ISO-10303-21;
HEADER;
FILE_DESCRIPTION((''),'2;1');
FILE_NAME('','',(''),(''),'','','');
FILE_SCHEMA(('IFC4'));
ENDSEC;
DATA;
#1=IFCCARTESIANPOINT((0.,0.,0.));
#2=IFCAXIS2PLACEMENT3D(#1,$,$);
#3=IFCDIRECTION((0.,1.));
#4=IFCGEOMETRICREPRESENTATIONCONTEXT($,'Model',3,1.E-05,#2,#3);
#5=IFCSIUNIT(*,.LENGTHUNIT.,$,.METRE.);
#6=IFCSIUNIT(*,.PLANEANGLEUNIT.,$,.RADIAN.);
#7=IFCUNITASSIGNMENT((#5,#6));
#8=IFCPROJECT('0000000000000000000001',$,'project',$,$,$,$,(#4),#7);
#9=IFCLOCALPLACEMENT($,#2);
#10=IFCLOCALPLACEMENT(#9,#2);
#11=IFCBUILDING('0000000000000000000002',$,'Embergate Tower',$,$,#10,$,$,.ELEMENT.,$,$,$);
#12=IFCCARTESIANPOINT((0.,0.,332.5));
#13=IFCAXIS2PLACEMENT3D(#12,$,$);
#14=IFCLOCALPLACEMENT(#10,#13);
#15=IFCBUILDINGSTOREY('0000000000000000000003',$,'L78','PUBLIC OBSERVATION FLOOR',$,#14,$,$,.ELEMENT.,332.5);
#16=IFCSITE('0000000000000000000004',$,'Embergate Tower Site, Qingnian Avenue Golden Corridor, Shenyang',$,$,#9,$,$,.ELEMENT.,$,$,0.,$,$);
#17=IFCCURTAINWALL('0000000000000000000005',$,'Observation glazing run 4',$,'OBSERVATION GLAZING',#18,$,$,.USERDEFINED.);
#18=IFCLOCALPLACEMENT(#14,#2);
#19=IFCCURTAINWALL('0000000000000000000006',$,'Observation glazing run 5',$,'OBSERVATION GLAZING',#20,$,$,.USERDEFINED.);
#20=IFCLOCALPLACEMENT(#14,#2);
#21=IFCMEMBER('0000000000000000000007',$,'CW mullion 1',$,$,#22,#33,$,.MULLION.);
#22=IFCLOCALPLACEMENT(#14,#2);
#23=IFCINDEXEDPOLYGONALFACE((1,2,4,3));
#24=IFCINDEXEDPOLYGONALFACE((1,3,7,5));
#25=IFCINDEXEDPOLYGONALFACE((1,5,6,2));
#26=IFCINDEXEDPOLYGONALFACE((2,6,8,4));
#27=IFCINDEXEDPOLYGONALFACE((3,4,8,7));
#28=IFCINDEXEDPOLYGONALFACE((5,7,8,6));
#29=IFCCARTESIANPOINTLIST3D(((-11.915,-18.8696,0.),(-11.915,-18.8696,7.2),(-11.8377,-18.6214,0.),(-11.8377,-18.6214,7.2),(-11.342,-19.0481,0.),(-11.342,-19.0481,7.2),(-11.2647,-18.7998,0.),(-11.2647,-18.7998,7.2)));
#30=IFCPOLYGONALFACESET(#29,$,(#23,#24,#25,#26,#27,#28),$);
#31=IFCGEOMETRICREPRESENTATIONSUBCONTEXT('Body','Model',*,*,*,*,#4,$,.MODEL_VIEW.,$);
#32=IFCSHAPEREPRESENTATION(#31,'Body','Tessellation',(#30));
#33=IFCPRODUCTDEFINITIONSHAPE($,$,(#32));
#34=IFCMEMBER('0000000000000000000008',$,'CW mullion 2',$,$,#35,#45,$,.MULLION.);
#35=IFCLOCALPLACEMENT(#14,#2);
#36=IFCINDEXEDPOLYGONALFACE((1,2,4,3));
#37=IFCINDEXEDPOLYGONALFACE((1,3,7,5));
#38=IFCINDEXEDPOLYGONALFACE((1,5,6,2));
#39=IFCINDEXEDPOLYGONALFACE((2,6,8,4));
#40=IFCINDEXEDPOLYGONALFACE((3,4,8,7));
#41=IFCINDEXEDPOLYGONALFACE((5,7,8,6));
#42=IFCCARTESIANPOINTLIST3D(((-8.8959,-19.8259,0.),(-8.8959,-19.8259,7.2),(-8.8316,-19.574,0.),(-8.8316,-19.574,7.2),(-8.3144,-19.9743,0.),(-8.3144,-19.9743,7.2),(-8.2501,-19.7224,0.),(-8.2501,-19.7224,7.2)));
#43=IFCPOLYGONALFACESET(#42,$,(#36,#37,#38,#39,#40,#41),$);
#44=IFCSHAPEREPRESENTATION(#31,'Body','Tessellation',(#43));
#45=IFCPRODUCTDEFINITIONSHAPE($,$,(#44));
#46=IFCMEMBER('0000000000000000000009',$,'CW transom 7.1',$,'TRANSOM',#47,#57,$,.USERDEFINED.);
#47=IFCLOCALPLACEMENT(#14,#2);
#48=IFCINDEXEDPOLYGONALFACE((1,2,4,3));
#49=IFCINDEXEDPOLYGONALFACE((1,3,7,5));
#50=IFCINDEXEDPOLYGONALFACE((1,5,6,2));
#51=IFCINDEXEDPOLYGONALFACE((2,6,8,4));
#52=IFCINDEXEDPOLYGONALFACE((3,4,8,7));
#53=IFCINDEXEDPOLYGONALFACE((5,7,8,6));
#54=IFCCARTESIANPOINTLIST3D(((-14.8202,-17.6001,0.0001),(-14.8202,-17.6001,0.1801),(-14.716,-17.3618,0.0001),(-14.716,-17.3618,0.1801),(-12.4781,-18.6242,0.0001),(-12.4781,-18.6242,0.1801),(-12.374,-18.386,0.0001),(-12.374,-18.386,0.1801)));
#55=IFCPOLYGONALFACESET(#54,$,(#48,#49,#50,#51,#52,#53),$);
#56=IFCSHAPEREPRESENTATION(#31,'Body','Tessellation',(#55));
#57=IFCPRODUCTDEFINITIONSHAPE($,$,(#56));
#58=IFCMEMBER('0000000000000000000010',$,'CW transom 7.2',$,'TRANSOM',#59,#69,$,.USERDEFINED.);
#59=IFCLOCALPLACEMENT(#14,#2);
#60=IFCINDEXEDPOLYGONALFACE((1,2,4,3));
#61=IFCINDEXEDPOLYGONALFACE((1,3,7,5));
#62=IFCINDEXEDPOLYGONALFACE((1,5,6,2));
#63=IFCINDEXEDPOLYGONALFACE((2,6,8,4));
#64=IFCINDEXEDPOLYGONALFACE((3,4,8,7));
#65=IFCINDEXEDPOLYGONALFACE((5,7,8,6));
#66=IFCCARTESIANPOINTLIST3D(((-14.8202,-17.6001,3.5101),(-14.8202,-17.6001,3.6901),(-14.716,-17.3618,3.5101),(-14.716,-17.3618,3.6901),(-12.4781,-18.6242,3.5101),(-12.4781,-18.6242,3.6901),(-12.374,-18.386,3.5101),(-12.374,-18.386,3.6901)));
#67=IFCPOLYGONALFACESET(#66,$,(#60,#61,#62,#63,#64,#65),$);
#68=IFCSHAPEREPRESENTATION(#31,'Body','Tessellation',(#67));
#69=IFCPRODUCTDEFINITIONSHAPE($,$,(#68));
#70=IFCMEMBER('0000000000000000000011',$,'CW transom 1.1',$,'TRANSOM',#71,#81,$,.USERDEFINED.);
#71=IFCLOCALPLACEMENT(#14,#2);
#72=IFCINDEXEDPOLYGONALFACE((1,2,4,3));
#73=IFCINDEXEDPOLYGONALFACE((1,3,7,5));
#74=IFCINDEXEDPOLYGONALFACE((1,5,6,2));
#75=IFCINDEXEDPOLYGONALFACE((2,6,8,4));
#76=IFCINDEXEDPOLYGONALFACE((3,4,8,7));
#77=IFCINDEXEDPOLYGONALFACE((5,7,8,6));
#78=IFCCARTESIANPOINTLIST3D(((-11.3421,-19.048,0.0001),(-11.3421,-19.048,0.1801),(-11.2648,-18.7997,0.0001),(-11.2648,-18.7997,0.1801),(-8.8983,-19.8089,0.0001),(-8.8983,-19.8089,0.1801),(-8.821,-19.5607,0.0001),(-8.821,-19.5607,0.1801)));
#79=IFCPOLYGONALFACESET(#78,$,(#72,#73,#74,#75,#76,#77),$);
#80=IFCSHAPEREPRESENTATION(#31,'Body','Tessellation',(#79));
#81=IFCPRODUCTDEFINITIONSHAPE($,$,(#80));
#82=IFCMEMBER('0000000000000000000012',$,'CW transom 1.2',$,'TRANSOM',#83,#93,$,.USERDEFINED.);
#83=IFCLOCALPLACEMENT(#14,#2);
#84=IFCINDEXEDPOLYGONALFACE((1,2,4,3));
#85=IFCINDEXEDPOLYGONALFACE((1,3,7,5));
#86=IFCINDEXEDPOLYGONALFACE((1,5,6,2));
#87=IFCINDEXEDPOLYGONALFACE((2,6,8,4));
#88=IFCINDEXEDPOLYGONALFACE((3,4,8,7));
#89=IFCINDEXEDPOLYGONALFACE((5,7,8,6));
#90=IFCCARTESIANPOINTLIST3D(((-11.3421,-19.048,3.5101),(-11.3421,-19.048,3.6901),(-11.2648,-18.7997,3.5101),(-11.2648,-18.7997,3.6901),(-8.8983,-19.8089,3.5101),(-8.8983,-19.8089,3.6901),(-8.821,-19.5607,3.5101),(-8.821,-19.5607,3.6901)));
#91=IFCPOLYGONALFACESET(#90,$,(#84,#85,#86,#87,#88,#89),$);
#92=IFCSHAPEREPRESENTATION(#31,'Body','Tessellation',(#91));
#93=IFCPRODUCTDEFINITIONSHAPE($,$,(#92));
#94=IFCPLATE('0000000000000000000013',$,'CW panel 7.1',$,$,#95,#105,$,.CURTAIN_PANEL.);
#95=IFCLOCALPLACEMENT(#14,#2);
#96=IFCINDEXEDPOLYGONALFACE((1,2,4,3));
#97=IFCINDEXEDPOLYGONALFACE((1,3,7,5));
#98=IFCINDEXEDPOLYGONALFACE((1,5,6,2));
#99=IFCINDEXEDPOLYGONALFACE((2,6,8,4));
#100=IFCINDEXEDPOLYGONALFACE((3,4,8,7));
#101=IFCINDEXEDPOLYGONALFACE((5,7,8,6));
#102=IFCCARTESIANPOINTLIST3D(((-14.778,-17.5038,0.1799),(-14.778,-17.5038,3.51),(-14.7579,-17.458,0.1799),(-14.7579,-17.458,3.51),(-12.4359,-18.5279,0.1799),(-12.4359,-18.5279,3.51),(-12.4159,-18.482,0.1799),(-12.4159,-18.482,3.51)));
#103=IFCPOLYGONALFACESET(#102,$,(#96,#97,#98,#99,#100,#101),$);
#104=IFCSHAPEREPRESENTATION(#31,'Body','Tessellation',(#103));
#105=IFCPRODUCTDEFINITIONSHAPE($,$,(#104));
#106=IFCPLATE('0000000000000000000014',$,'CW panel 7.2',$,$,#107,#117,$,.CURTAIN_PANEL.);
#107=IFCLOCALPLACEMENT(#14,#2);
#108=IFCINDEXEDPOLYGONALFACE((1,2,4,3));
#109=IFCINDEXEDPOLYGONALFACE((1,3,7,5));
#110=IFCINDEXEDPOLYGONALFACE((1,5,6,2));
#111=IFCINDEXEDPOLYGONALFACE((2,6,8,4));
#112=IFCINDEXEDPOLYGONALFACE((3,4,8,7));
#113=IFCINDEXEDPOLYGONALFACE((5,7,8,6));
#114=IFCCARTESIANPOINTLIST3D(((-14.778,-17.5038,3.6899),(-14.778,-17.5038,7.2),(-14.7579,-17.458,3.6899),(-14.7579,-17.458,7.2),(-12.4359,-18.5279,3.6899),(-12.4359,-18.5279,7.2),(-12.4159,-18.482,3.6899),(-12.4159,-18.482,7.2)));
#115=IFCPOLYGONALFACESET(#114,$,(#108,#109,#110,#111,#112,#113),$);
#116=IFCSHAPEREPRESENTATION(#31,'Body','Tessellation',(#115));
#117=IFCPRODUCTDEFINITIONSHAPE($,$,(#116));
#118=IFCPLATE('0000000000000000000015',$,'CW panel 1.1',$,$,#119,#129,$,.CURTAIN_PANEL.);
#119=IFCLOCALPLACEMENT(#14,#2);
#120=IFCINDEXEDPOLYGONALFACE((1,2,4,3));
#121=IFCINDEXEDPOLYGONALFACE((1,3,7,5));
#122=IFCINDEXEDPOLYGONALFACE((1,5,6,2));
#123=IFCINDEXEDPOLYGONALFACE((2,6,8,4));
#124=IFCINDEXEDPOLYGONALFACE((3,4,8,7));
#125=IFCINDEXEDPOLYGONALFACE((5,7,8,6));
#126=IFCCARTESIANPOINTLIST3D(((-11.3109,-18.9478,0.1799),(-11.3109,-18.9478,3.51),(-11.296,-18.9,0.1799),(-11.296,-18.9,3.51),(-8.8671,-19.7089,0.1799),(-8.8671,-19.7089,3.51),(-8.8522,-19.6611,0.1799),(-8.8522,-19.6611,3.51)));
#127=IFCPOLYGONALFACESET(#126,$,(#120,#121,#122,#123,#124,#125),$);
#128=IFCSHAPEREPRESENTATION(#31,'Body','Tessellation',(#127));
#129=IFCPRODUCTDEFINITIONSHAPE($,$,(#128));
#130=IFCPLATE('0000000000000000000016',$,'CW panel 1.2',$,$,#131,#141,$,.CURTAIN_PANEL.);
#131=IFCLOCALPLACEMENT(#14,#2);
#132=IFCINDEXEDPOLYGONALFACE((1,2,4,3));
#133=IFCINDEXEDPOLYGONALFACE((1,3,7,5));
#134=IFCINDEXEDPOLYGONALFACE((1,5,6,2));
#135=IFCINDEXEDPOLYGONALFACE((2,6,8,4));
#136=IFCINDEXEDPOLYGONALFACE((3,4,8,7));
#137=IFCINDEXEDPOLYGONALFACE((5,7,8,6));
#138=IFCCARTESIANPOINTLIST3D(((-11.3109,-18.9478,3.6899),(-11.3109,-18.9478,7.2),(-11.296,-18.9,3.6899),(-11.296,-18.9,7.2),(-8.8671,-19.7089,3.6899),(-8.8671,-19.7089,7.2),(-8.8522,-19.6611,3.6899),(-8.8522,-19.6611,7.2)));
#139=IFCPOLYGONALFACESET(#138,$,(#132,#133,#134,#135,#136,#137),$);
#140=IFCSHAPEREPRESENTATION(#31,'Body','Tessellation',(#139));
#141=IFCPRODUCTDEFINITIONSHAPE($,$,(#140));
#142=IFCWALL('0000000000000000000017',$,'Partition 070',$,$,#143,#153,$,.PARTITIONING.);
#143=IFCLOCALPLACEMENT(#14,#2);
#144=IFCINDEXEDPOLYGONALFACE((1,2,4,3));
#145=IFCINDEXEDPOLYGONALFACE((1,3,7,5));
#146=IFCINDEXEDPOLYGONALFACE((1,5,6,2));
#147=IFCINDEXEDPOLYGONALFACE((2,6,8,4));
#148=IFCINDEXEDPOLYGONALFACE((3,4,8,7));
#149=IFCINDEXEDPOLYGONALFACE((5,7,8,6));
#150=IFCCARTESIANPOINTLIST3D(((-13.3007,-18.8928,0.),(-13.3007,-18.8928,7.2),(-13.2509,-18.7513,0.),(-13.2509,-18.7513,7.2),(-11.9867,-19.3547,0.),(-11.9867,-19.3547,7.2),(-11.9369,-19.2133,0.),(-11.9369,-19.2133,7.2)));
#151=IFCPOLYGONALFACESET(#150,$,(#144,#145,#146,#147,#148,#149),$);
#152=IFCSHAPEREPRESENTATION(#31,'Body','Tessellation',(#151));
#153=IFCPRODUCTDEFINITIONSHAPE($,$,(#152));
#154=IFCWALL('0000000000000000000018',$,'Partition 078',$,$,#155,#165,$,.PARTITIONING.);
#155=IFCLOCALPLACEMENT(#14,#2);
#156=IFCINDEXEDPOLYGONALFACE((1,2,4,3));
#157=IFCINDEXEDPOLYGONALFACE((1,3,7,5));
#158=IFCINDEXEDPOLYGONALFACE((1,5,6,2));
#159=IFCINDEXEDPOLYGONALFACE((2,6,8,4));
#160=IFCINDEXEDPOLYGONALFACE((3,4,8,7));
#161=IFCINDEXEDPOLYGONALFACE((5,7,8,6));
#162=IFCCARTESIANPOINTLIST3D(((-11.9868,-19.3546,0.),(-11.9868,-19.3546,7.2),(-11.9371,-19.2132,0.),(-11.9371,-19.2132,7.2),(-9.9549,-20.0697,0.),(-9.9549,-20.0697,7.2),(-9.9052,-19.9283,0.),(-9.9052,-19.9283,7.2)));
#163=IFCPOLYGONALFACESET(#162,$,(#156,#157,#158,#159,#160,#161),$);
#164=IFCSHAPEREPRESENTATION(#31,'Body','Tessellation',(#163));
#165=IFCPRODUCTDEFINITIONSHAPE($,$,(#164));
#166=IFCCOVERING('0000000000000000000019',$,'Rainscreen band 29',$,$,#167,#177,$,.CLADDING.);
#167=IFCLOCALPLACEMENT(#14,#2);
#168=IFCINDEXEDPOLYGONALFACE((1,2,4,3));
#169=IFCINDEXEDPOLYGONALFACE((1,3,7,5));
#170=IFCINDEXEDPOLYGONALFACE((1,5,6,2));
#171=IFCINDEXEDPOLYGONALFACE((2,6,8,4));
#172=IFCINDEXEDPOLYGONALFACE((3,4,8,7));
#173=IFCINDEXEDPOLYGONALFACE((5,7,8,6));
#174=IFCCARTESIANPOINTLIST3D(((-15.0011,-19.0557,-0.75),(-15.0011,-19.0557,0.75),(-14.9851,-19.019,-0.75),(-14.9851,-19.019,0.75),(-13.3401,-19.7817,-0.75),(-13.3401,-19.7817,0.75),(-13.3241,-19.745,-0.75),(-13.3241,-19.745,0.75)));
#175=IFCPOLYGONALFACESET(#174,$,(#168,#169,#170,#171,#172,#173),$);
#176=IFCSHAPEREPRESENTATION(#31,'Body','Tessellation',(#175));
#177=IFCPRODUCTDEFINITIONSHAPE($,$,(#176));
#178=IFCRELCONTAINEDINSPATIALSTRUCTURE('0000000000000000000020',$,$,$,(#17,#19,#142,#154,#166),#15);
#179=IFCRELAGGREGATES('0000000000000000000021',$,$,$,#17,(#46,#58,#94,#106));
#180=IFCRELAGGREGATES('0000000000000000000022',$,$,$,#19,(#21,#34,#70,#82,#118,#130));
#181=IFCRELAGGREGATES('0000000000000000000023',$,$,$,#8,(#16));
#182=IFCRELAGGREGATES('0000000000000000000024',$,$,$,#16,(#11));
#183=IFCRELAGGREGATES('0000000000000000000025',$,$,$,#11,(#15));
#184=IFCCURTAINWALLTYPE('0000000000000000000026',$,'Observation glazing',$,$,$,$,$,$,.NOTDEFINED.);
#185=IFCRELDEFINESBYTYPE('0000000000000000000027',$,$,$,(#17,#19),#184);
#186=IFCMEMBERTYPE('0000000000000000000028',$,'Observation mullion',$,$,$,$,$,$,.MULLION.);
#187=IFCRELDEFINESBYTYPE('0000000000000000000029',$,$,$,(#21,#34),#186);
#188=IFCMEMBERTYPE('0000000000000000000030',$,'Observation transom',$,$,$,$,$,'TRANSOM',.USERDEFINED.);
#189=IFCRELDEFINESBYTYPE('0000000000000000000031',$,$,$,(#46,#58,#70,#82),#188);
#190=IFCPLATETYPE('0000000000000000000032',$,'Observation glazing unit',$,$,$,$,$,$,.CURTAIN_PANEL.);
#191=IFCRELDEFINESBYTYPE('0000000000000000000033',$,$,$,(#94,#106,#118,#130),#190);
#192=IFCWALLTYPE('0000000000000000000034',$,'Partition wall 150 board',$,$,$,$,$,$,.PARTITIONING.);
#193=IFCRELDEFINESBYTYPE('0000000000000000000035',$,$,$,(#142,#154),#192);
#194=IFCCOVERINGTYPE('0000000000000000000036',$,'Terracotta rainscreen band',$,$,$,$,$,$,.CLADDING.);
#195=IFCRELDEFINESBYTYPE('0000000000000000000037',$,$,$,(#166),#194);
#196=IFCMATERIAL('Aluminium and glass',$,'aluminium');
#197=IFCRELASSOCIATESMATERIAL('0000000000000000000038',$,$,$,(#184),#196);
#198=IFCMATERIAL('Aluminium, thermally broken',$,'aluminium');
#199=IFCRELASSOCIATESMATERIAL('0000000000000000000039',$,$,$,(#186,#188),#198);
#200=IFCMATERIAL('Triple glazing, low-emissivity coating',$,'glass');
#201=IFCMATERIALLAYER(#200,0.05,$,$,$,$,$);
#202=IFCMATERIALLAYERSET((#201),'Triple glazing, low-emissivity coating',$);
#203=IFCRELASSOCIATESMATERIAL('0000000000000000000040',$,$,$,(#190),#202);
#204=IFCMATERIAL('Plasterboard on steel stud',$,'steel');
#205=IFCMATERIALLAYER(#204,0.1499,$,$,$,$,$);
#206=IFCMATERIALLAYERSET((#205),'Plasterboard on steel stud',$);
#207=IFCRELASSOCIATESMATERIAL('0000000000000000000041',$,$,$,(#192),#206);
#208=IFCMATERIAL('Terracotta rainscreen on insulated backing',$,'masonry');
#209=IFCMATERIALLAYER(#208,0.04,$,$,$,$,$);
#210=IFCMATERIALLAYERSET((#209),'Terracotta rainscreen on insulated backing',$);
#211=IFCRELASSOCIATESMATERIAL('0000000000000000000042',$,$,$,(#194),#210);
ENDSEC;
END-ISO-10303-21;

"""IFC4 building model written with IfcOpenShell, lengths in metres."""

from ifc_helpers import new_model, si_unit, direction, frame, frame_2d, origin, origin_2d, place, context, subcontext, project, spatial, rectangle, extrude, source, transform, mapped, material, layer, layer_set, material_profile, profile_set, type_object, element, aggregate, save


model = new_model("IFC4")

# Units and contexts
model_context = context("Model", 3, precision=1e-05, world=origin(), true_north=direction((0.0, 1.0)))
body_context = subcontext(model_context, "Body", "Model", "MODEL_VIEW")
ifc_project = project(units=[si_unit("LENGTHUNIT", "METRE"), si_unit("PLANEANGLEUNIT", "RADIAN")], contexts=[model_context])

# Site, building, storey
site_placement = place(None, origin())
site = spatial("IfcSite", under=ifc_project, at=site_placement, Name="Embergate Tower Site, Qingnian Avenue Golden Corridor, Shenyang", CompositionType="ELEMENT", RefElevation=0.0)
building_placement = place(site_placement, origin())
building = spatial("IfcBuilding", under=site, at=building_placement, Name="Embergate Tower", CompositionType="ELEMENT")
storey_placement = place(building_placement, frame((0.0, 0.0, 332.5)))
storey = spatial("IfcBuildingStorey", under=building, at=storey_placement, Name="L78", Description="PUBLIC OBSERVATION FLOOR", CompositionType="ELEMENT", Elevation=332.5)

# Curtain walls, members
ifc_material_1 = material(Name="Aluminium and glass", Category="aluminium")
curtain_wall_type = type_object("IfcCurtainWallType", Name="Observation glazing", PredefinedType="NOTDEFINED", material=ifc_material_1)
curtain_wall_1_placement = place(storey_placement, origin())
curtain_wall_1 = element("IfcCurtainWall", 1, at=curtain_wall_1_placement, inside=storey, type_object=curtain_wall_type, Name="Observation glazing run 4", ObjectType="OBSERVATION GLAZING", PredefinedType="USERDEFINED")
ifc_material_2 = material(Name="Aluminium, thermally broken", Category="aluminium")
ifc_material_profile_1 = material_profile(ifc_material_2, rectangle(XDim=0.26, YDim=0.6001, at=origin_2d()), Name="AL 600x260")
ifc_profile_set_1 = profile_set([ifc_material_profile_1], Name="Aluminium, thermally broken")
member_type_1 = type_object("IfcMemberType", Name="Observation mullion", PredefinedType="MULLION", material=ifc_profile_set_1)
shared_shape_1 = source(origin(), body_context, "Body", "SweptSolid", [
    extrude(rectangle(XDim=0.26, YDim=0.6001, at=origin_2d()), origin(), (0.0, 0.0, 1.0), 7.2),
])
curtain_wall_2_placement = place(storey_placement, origin())
curtain_wall_2 = element("IfcCurtainWall", 2, at=curtain_wall_2_placement, inside=storey, type_object=curtain_wall_type, Name="Observation glazing run 5", ObjectType="OBSERVATION GLAZING", PredefinedType="USERDEFINED")
member_1_placement = place(storey_placement, frame((-11.5898, -18.8347, 0.0), z_axis=(0.0, 0.0, 1.0), x_axis=(0.297335, 0.954773, 0.0)))
member_1 = element("IfcMember", 3, at=member_1_placement, type_object=member_type_1, Name="CW mullion 1", PredefinedType="MULLION", context=body_context, shape_type="MappedRepresentation", body=[
    mapped(shared_shape_1, transform((0.0, 0.0, 0.0))),
])
member_2_placement = place(storey_placement, frame((-8.573, -19.7742, 0.0), z_axis=(0.0, 0.0, 1.0), x_axis=(0.247303, 0.968938, 0.0)))
member_2 = element("IfcMember", 4, at=member_2_placement, type_object=member_type_1, Name="CW mullion 2", PredefinedType="MULLION", context=body_context, shape_type="MappedRepresentation", body=[
    mapped(shared_shape_1, transform((0.0, 0.0, 0.0))),
])

# Members
ifc_material_profile_2 = material_profile(ifc_material_2, rectangle(XDim=0.26, YDim=0.1799, at=origin_2d()), Name="AL 180x260")
ifc_profile_set_2 = profile_set([ifc_material_profile_2], Name="Aluminium, thermally broken")
member_type_2 = type_object("IfcMemberType", Name="Observation transom", ElementType="TRANSOM", PredefinedType="USERDEFINED", material=ifc_profile_set_2)
shared_shape_2 = source(origin(), body_context, "Body", "SweptSolid", [
    extrude(rectangle(XDim=0.26, YDim=0.1799, at=origin_2d()), origin(), (0.0, 0.0, 1.0), 2.5562),
])
member_3_placement = place(storey_placement, frame((-14.7681, -17.481, 0.0901), z_axis=(0.916225, -0.400664, 0.0), x_axis=(0.400664, 0.916225, 0.0)))
member_3 = element("IfcMember", 5, at=member_3_placement, type_object=member_type_2, Name="CW transom 7.1", ObjectType="TRANSOM", PredefinedType="USERDEFINED", context=body_context, shape_type="MappedRepresentation", body=[
    mapped(shared_shape_2, transform((0.0, 0.0, 0.0))),
])
member_4_placement = place(storey_placement, frame((-14.7681, -17.481, 3.6001), z_axis=(0.916225, -0.400664, 0.0), x_axis=(0.400664, 0.916225, 0.0)))
member_4 = element("IfcMember", 6, at=member_4_placement, type_object=member_type_2, Name="CW transom 7.2", ObjectType="TRANSOM", PredefinedType="USERDEFINED", context=body_context, shape_type="MappedRepresentation", body=[
    mapped(shared_shape_2, transform((0.0, 0.0, 0.0))),
])
shared_shape_3 = source(origin(), body_context, "Body", "SweptSolid", [
    extrude(rectangle(XDim=0.26, YDim=0.1799, at=origin_2d()), origin(), (0.0, 0.0, 1.0), 2.5596),
])
member_5_placement = place(storey_placement, frame((-11.3035, -18.9238, 0.0901), z_axis=(0.954782, -0.297308, 0.0), x_axis=(0.297308, 0.954782, 0.0)))
member_5 = element("IfcMember", 7, at=member_5_placement, type_object=member_type_2, Name="CW transom 1.1", ObjectType="TRANSOM", PredefinedType="USERDEFINED", context=body_context, shape_type="MappedRepresentation", body=[
    mapped(shared_shape_3, transform((0.0, 0.0, 0.0))),
])
member_6_placement = place(storey_placement, frame((-11.3035, -18.9238, 3.6001), z_axis=(0.954782, -0.297308, 0.0), x_axis=(0.297308, 0.954782, 0.0)))
member_6 = element("IfcMember", 8, at=member_6_placement, type_object=member_type_2, Name="CW transom 1.2", ObjectType="TRANSOM", PredefinedType="USERDEFINED", context=body_context, shape_type="MappedRepresentation", body=[
    mapped(shared_shape_3, transform((0.0, 0.0, 0.0))),
])

# Plates
ifc_material_3 = material(Name="Triple glazing, low-emissivity coating", Category="glass")
ifc_layer_1 = layer(ifc_material_3, 0.05)
ifc_layer_set_1 = layer_set([ifc_layer_1], Name="Triple glazing, low-emissivity coating")
plate_type = type_object("IfcPlateType", Name="Observation glazing unit", PredefinedType="CURTAIN_PANEL", material=ifc_layer_set_1)
shared_shape_4 = source(origin(), body_context, "Body", "SweptSolid", [
    extrude(rectangle(XDim=2.5562, YDim=0.05, at=origin_2d()), origin(), (0.0, 0.0, 1.0), 3.3301),
])
plate_1_placement = place(storey_placement, frame((-13.5969, -17.9929, 0.1799), z_axis=(0.0, 0.0, 1.0), x_axis=(0.916238, -0.400634, 0.0)))
plate_1 = element("IfcPlate", 9, at=plate_1_placement, type_object=plate_type, Name="CW panel 7.1", PredefinedType="CURTAIN_PANEL", context=body_context, shape_type="MappedRepresentation", body=[
    mapped(shared_shape_4, transform((0.0, 0.0, 0.0))),
])
shared_shape_5 = source(origin(), body_context, "Body", "SweptSolid", [
    extrude(rectangle(XDim=2.5562, YDim=0.05, at=origin_2d()), origin(), (0.0, 0.0, 1.0), 3.51),
])
plate_2_placement = place(storey_placement, frame((-13.5969, -17.9929, 3.6899), z_axis=(0.0, 0.0, 1.0), x_axis=(0.916238, -0.400634, 0.0)))
plate_2 = element("IfcPlate", 10, at=plate_2_placement, type_object=plate_type, Name="CW panel 7.2", PredefinedType="CURTAIN_PANEL", context=body_context, shape_type="MappedRepresentation", body=[
    mapped(shared_shape_5, transform((0.0, 0.0, 0.0))),
])
aggregate(curtain_wall_1, [member_3, member_4, plate_1, plate_2])
shared_shape_6 = source(origin(), body_context, "Body", "SweptSolid", [
    extrude(rectangle(XDim=2.5596, YDim=0.05, at=origin_2d()), origin(), (0.0, 0.0, 1.0), 3.3301),
])
plate_3_placement = place(storey_placement, frame((-10.0815, -19.3044, 0.1799), z_axis=(0.0, 0.0, 1.0), x_axis=(0.954773, -0.297335, 0.0)))
plate_3 = element("IfcPlate", 11, at=plate_3_placement, type_object=plate_type, Name="CW panel 1.1", PredefinedType="CURTAIN_PANEL", context=body_context, shape_type="MappedRepresentation", body=[
    mapped(shared_shape_6, transform((0.0, 0.0, 0.0))),
])
shared_shape_7 = source(origin(), body_context, "Body", "SweptSolid", [
    extrude(rectangle(XDim=2.5596, YDim=0.05, at=origin_2d()), origin(), (0.0, 0.0, 1.0), 3.51),
])
plate_4_placement = place(storey_placement, frame((-10.0815, -19.3044, 3.6899), z_axis=(0.0, 0.0, 1.0), x_axis=(0.954773, -0.297335, 0.0)))
plate_4 = element("IfcPlate", 12, at=plate_4_placement, type_object=plate_type, Name="CW panel 1.2", PredefinedType="CURTAIN_PANEL", context=body_context, shape_type="MappedRepresentation", body=[
    mapped(shared_shape_7, transform((0.0, 0.0, 0.0))),
])
aggregate(curtain_wall_2, [member_1, member_2, member_5, member_6, plate_3, plate_4])

# Walls
ifc_material_4 = material(Name="Plasterboard on steel stud", Category="steel")
ifc_layer_2 = layer(ifc_material_4, 0.1499)
ifc_layer_set_2 = layer_set([ifc_layer_2], Name="Plasterboard on steel stud")
wall_type = type_object("IfcWallType", Name="Partition wall 150 board", PredefinedType="PARTITIONING", material=ifc_layer_set_2)
shared_shape_8 = source(origin(), body_context, "Body", "SweptSolid", [
    extrude(rectangle(XDim=1.3928, YDim=0.1499, at=frame_2d((0.6963, 0.0))), origin(), (0.0, 0.0, 1.0), 7.2),
])
wall_1_placement = place(storey_placement, frame((-11.9619, -19.2839, 0.0), z_axis=(0.0, 0.0, 1.0), x_axis=(-0.943404, 0.331646, 0.0)))
element("IfcWall", 13, at=wall_1_placement, inside=storey, type_object=wall_type, Name="Partition 070", PredefinedType="PARTITIONING", context=body_context, shape_type="MappedRepresentation", body=[
    mapped(shared_shape_8, transform((0.0, 0.0, 0.0))),
])
shared_shape_9 = source(origin(), body_context, "Body", "SweptSolid", [
    extrude(rectangle(XDim=2.1541, YDim=0.1499, at=frame_2d((1.0771, 0.0))), origin(), (0.0, 0.0, 1.0), 7.2),
])
wall_2_placement = place(storey_placement, frame((-9.9299, -19.999, 0.0), z_axis=(0.0, 0.0, 1.0), x_axis=(-0.943293, 0.33196, 0.0)))
element("IfcWall", 14, at=wall_2_placement, inside=storey, type_object=wall_type, Name="Partition 078", PredefinedType="PARTITIONING", context=body_context, shape_type="MappedRepresentation", body=[
    mapped(shared_shape_9, transform((0.0, 0.0, 0.0))),
])

# Covering
ifc_material_5 = material(Name="Terracotta rainscreen on insulated backing", Category="masonry")
ifc_layer_3 = layer(ifc_material_5, 0.04)
ifc_layer_set_3 = layer_set([ifc_layer_3], Name="Terracotta rainscreen on insulated backing")
covering_type = type_object("IfcCoveringType", Name="Terracotta rainscreen band", PredefinedType="CLADDING", material=ifc_layer_set_3)
shared_shape_10 = source(origin(), body_context, "Body", "SweptSolid", [
    extrude(rectangle(XDim=1.8127, YDim=0.04, at=origin_2d()), origin(), (0.0, 0.0, 1.0), 1.5),
])
covering_1_placement = place(storey_placement, frame((-14.1626, -19.4004, -0.75), z_axis=(0.0, 0.0, 1.0), x_axis=(0.916296, -0.400501, 0.0)))
element("IfcCovering", 15, at=covering_1_placement, inside=storey, type_object=covering_type, Name="Rainscreen band 29", PredefinedType="CLADDING", context=body_context, shape_type="MappedRepresentation", body=[
    mapped(shared_shape_10, transform((0.0, 0.0, 0.0))),
])

save(model, "model.ifc")
